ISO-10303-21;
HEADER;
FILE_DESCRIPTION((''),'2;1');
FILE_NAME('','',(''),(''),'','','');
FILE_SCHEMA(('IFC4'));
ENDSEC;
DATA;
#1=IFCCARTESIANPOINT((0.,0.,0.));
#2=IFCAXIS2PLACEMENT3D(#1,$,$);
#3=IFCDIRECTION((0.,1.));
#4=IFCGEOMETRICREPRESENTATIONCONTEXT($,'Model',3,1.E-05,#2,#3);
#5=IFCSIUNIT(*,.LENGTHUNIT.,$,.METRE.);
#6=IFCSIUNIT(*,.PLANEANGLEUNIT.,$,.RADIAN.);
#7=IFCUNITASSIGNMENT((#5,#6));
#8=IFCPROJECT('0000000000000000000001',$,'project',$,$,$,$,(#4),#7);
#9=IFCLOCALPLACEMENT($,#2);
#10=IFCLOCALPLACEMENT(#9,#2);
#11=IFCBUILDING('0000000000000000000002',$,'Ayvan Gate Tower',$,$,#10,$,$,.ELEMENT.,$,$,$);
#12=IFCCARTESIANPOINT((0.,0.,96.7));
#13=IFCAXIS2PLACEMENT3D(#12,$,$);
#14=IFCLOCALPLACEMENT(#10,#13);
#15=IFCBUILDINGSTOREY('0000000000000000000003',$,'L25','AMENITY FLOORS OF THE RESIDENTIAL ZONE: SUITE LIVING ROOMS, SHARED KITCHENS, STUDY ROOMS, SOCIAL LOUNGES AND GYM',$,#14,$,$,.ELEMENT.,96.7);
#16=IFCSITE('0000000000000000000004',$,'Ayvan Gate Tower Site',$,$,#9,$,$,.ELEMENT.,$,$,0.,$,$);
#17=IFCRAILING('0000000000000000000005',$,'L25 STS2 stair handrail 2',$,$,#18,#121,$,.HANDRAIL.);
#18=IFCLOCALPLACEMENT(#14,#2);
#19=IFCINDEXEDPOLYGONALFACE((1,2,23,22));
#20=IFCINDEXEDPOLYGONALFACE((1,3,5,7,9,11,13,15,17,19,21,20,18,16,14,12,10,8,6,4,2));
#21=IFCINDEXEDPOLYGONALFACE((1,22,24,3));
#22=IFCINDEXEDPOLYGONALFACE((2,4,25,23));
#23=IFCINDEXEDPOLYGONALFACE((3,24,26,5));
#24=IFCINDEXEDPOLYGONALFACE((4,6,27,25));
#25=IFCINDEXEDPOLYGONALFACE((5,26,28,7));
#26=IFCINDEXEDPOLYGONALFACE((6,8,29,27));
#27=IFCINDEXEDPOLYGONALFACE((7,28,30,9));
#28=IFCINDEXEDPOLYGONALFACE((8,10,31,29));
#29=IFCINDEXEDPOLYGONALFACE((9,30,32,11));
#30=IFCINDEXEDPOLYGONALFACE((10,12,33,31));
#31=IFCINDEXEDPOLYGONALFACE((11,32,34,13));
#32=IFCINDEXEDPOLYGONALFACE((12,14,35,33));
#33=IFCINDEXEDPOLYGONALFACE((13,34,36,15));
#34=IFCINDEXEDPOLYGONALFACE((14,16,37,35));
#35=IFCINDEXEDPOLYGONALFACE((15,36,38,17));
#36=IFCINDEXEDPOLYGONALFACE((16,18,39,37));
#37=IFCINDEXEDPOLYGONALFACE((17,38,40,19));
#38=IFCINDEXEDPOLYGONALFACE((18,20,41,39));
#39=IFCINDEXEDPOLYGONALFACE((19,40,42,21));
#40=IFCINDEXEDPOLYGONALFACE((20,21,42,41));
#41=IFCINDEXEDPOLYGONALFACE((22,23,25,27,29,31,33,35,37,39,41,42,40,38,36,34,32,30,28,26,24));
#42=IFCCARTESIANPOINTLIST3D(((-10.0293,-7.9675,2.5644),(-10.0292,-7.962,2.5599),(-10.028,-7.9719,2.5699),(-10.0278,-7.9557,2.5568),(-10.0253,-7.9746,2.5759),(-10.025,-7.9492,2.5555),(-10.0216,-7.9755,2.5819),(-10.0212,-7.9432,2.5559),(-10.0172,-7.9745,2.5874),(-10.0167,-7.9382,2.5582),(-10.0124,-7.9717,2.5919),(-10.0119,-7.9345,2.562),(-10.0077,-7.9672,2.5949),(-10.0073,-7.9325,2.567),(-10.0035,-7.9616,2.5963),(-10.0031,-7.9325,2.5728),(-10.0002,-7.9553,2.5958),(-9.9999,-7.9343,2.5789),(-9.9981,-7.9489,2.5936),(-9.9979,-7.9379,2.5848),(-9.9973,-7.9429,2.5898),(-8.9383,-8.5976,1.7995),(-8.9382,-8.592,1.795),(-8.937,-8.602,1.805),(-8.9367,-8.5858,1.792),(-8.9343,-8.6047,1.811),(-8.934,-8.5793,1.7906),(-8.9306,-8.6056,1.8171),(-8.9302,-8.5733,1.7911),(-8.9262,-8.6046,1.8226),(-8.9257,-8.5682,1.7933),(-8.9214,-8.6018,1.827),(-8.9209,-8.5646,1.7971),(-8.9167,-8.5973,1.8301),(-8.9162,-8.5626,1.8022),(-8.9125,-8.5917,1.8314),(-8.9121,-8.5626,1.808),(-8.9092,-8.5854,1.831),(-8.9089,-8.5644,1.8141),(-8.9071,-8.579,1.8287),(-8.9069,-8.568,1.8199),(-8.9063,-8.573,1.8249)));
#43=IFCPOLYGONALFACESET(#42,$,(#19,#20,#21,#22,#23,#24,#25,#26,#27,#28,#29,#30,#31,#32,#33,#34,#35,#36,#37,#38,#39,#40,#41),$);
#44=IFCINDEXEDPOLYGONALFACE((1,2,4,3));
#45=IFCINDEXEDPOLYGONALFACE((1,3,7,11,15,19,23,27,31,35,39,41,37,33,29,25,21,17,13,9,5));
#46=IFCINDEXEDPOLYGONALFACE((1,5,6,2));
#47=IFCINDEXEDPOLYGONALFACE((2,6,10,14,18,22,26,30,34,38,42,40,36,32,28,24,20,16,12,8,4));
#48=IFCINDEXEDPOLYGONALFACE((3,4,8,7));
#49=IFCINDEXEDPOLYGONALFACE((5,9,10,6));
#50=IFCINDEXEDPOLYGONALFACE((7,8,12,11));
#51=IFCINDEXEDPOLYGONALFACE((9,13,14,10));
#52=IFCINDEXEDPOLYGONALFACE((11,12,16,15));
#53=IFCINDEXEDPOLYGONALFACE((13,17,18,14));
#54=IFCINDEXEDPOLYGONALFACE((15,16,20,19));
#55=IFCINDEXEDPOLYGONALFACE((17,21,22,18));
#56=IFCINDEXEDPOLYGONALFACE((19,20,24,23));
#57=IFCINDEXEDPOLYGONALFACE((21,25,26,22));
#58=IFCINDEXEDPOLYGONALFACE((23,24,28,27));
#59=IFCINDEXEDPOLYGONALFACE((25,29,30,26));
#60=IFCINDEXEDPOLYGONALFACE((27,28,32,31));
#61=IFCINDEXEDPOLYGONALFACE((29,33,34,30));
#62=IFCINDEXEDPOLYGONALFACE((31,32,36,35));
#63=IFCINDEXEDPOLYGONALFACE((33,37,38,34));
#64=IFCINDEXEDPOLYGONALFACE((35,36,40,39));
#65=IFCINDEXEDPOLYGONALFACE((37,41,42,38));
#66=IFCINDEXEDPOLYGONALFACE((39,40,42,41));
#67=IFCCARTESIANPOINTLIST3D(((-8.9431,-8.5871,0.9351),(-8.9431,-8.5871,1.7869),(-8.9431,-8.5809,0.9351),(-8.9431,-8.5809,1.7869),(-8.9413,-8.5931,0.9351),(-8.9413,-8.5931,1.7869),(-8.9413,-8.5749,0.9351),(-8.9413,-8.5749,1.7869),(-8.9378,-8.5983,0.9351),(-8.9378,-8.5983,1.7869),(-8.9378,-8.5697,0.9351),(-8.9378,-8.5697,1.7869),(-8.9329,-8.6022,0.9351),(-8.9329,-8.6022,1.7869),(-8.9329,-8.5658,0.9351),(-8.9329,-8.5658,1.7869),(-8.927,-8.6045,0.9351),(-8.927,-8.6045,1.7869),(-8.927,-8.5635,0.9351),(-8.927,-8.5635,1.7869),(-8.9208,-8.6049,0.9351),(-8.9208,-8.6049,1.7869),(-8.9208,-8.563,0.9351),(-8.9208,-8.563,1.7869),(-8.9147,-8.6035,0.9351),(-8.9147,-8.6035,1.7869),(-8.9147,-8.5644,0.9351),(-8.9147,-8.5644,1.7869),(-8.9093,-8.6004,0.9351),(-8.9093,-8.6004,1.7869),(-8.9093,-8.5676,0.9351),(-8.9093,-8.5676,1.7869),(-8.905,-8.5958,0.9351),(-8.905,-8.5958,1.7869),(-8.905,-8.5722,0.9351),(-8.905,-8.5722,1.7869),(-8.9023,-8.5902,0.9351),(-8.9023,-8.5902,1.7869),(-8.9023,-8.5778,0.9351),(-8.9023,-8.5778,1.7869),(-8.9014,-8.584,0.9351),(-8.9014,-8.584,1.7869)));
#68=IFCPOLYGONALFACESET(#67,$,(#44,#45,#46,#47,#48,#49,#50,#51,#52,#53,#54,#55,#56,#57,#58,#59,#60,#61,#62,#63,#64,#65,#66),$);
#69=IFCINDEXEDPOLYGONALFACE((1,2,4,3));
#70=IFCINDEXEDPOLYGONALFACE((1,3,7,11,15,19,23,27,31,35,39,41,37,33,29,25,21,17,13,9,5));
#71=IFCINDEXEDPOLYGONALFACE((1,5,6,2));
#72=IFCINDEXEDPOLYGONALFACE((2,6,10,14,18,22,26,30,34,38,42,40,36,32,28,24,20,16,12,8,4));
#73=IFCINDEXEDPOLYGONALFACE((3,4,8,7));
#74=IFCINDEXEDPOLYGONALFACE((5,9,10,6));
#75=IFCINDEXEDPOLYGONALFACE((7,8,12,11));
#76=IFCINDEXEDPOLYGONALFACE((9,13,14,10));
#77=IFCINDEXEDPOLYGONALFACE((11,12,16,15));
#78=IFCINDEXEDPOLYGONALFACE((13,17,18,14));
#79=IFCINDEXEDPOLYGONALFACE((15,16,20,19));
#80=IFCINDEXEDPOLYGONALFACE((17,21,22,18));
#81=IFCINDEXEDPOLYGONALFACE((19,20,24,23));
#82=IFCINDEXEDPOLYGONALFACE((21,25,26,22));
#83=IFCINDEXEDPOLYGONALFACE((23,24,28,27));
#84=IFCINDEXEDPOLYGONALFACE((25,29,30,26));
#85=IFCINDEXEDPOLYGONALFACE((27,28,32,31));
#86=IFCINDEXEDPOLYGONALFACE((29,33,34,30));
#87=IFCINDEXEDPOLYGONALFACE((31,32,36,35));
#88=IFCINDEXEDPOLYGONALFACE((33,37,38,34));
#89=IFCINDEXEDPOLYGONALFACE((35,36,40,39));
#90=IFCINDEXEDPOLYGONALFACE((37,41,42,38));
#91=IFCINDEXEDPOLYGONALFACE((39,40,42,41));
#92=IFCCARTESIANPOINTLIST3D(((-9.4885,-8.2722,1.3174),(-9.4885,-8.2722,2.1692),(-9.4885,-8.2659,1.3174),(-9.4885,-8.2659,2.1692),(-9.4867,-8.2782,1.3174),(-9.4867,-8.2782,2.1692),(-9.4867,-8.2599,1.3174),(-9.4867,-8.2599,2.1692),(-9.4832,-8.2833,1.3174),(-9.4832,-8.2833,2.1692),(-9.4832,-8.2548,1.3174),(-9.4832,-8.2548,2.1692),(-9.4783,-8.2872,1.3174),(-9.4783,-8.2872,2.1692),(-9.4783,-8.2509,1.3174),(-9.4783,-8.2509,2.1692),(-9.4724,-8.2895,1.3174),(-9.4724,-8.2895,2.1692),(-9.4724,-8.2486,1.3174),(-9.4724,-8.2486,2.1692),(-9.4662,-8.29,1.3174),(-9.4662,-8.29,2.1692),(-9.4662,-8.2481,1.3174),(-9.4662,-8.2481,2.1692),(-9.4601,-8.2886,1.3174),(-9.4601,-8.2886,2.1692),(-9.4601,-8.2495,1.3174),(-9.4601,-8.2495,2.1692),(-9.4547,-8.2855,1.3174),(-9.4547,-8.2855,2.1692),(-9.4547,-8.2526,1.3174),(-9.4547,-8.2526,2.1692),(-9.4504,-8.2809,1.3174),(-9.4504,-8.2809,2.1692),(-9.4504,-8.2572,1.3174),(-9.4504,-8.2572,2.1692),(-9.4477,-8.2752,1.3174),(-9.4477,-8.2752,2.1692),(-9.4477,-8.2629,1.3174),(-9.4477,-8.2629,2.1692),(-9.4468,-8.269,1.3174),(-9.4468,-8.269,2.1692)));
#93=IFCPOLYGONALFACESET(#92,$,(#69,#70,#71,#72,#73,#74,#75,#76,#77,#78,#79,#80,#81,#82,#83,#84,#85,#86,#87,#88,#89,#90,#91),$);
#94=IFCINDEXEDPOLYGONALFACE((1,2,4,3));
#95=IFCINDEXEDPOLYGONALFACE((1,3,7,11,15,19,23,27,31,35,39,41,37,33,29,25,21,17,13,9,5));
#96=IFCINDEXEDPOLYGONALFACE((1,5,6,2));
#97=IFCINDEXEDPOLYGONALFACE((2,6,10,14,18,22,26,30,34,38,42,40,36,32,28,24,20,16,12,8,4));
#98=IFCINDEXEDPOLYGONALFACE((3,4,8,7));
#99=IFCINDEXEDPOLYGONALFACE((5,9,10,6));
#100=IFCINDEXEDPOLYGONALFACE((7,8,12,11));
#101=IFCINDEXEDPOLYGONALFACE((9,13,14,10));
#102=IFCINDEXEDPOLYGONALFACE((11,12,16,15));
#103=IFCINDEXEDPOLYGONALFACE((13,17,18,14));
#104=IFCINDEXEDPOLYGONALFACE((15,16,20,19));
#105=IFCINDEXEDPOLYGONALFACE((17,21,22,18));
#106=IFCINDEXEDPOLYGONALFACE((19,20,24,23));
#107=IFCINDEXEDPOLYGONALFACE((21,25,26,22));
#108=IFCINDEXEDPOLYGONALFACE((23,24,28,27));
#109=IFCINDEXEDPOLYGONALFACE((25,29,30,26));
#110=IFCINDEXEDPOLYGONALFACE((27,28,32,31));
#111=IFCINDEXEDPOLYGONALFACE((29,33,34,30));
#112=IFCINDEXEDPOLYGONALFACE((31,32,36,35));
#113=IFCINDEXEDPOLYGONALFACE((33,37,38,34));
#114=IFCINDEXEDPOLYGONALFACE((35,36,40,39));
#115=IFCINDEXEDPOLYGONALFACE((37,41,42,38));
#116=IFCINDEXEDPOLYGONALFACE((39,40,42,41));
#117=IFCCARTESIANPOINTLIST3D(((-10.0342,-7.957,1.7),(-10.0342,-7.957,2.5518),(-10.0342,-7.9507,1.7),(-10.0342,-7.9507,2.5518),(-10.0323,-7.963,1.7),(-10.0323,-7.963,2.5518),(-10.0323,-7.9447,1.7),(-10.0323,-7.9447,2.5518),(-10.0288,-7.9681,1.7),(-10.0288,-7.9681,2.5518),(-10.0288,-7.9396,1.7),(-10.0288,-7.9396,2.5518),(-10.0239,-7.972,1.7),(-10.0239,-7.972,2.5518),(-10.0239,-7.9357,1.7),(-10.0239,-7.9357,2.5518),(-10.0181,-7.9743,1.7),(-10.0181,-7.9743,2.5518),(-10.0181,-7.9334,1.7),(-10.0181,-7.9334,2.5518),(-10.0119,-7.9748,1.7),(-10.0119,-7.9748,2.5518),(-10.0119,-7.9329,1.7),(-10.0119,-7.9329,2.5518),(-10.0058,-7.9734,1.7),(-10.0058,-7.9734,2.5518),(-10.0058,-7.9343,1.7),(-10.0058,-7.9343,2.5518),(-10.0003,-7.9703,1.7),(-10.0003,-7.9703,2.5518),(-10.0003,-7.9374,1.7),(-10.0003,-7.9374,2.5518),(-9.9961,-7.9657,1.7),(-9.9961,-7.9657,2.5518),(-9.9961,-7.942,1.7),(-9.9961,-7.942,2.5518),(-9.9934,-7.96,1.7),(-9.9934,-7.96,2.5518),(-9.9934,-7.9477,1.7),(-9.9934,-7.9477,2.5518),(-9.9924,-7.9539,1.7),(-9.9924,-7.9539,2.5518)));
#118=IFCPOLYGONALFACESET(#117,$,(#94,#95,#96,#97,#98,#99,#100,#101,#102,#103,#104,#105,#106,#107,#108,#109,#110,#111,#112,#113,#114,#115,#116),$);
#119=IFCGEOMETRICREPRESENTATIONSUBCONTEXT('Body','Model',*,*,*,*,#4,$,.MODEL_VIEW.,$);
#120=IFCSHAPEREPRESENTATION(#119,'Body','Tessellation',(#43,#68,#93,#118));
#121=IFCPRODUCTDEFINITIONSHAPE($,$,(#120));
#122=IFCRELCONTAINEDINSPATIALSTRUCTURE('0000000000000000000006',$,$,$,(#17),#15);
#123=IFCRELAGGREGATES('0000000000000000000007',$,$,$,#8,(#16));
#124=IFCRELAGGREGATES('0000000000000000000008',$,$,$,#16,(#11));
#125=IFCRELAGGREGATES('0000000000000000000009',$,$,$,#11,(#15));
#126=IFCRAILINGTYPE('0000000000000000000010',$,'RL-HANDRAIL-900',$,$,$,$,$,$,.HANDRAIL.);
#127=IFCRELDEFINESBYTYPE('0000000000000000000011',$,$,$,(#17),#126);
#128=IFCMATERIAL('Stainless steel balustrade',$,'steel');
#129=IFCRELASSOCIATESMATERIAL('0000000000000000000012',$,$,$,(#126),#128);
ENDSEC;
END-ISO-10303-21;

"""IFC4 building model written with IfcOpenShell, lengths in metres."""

from ifc_helpers import new_model, si_unit, direction, frame, origin, origin_2d, place, context, subcontext, project, spatial, circle, extrude, material, type_object, element, save


model = new_model("IFC4")

# Units and contexts
model_context = context("Model", 3, precision=1e-05, world=origin(), true_north=direction((0.0, 1.0)))
body_context = subcontext(model_context, "Body", "Model", "MODEL_VIEW")
ifc_project = project(units=[si_unit("LENGTHUNIT", "METRE"), si_unit("PLANEANGLEUNIT", "RADIAN")], contexts=[model_context])

# Site, building, storey
site_placement = place(None, origin())
site = spatial("IfcSite", under=ifc_project, at=site_placement, Name="Ayvan Gate Tower Site", CompositionType="ELEMENT", RefElevation=0.0)
building_placement = place(site_placement, origin())
building = spatial("IfcBuilding", under=site, at=building_placement, Name="Ayvan Gate Tower", CompositionType="ELEMENT")
storey_placement = place(building_placement, frame((0.0, 0.0, 96.7)))
storey = spatial("IfcBuildingStorey", under=building, at=storey_placement, Name="L25", Description="AMENITY FLOORS OF THE RESIDENTIAL ZONE: SUITE LIVING ROOMS, SHARED KITCHENS, STUDY ROOMS, SOCIAL LOUNGES AND GYM", CompositionType="ELEMENT", Elevation=96.7)

# Railing
ifc_material_1 = material(Name="Stainless steel balustrade", Category="steel")
railing_type_1 = type_object("IfcRailingType", Name="RL-HANDRAIL-900", PredefinedType="HANDRAIL", material=ifc_material_1)
railing_1_placement = place(storey_placement, frame((-8.9224, -8.584, 0.9351)))
element("IfcRailing", 1, at=railing_1_placement, inside=storey, type_object=railing_type_1, Name="L25 STS2 stair handrail 2", PredefinedType="HANDRAIL", context=body_context, shape_type="SweptSolid", body=[
    extrude(circle(Radius=0.0239, at=origin_2d()), frame((0.0, 0.0, 0.876), z_axis=(-0.740229, 0.427508, 0.518939), x_axis=(-0.500119, -0.865956, 0.0)), (0.0, 0.0, 1.0), 1.4739),
    extrude(circle(Radius=0.021, at=origin_2d()), origin(), (0.0, 0.0, 1.0), 0.8518),
    extrude(circle(Radius=0.021, at=origin_2d()), frame((-0.5454, 0.3149, 0.3823)), (0.0, 0.0, 1.0), 0.8518),
    extrude(circle(Radius=0.021, at=origin_2d()), frame((-1.0911, 0.6301, 0.7649)), (0.0, 0.0, 1.0), 0.8518),
])

save(model, "model.ifc")
